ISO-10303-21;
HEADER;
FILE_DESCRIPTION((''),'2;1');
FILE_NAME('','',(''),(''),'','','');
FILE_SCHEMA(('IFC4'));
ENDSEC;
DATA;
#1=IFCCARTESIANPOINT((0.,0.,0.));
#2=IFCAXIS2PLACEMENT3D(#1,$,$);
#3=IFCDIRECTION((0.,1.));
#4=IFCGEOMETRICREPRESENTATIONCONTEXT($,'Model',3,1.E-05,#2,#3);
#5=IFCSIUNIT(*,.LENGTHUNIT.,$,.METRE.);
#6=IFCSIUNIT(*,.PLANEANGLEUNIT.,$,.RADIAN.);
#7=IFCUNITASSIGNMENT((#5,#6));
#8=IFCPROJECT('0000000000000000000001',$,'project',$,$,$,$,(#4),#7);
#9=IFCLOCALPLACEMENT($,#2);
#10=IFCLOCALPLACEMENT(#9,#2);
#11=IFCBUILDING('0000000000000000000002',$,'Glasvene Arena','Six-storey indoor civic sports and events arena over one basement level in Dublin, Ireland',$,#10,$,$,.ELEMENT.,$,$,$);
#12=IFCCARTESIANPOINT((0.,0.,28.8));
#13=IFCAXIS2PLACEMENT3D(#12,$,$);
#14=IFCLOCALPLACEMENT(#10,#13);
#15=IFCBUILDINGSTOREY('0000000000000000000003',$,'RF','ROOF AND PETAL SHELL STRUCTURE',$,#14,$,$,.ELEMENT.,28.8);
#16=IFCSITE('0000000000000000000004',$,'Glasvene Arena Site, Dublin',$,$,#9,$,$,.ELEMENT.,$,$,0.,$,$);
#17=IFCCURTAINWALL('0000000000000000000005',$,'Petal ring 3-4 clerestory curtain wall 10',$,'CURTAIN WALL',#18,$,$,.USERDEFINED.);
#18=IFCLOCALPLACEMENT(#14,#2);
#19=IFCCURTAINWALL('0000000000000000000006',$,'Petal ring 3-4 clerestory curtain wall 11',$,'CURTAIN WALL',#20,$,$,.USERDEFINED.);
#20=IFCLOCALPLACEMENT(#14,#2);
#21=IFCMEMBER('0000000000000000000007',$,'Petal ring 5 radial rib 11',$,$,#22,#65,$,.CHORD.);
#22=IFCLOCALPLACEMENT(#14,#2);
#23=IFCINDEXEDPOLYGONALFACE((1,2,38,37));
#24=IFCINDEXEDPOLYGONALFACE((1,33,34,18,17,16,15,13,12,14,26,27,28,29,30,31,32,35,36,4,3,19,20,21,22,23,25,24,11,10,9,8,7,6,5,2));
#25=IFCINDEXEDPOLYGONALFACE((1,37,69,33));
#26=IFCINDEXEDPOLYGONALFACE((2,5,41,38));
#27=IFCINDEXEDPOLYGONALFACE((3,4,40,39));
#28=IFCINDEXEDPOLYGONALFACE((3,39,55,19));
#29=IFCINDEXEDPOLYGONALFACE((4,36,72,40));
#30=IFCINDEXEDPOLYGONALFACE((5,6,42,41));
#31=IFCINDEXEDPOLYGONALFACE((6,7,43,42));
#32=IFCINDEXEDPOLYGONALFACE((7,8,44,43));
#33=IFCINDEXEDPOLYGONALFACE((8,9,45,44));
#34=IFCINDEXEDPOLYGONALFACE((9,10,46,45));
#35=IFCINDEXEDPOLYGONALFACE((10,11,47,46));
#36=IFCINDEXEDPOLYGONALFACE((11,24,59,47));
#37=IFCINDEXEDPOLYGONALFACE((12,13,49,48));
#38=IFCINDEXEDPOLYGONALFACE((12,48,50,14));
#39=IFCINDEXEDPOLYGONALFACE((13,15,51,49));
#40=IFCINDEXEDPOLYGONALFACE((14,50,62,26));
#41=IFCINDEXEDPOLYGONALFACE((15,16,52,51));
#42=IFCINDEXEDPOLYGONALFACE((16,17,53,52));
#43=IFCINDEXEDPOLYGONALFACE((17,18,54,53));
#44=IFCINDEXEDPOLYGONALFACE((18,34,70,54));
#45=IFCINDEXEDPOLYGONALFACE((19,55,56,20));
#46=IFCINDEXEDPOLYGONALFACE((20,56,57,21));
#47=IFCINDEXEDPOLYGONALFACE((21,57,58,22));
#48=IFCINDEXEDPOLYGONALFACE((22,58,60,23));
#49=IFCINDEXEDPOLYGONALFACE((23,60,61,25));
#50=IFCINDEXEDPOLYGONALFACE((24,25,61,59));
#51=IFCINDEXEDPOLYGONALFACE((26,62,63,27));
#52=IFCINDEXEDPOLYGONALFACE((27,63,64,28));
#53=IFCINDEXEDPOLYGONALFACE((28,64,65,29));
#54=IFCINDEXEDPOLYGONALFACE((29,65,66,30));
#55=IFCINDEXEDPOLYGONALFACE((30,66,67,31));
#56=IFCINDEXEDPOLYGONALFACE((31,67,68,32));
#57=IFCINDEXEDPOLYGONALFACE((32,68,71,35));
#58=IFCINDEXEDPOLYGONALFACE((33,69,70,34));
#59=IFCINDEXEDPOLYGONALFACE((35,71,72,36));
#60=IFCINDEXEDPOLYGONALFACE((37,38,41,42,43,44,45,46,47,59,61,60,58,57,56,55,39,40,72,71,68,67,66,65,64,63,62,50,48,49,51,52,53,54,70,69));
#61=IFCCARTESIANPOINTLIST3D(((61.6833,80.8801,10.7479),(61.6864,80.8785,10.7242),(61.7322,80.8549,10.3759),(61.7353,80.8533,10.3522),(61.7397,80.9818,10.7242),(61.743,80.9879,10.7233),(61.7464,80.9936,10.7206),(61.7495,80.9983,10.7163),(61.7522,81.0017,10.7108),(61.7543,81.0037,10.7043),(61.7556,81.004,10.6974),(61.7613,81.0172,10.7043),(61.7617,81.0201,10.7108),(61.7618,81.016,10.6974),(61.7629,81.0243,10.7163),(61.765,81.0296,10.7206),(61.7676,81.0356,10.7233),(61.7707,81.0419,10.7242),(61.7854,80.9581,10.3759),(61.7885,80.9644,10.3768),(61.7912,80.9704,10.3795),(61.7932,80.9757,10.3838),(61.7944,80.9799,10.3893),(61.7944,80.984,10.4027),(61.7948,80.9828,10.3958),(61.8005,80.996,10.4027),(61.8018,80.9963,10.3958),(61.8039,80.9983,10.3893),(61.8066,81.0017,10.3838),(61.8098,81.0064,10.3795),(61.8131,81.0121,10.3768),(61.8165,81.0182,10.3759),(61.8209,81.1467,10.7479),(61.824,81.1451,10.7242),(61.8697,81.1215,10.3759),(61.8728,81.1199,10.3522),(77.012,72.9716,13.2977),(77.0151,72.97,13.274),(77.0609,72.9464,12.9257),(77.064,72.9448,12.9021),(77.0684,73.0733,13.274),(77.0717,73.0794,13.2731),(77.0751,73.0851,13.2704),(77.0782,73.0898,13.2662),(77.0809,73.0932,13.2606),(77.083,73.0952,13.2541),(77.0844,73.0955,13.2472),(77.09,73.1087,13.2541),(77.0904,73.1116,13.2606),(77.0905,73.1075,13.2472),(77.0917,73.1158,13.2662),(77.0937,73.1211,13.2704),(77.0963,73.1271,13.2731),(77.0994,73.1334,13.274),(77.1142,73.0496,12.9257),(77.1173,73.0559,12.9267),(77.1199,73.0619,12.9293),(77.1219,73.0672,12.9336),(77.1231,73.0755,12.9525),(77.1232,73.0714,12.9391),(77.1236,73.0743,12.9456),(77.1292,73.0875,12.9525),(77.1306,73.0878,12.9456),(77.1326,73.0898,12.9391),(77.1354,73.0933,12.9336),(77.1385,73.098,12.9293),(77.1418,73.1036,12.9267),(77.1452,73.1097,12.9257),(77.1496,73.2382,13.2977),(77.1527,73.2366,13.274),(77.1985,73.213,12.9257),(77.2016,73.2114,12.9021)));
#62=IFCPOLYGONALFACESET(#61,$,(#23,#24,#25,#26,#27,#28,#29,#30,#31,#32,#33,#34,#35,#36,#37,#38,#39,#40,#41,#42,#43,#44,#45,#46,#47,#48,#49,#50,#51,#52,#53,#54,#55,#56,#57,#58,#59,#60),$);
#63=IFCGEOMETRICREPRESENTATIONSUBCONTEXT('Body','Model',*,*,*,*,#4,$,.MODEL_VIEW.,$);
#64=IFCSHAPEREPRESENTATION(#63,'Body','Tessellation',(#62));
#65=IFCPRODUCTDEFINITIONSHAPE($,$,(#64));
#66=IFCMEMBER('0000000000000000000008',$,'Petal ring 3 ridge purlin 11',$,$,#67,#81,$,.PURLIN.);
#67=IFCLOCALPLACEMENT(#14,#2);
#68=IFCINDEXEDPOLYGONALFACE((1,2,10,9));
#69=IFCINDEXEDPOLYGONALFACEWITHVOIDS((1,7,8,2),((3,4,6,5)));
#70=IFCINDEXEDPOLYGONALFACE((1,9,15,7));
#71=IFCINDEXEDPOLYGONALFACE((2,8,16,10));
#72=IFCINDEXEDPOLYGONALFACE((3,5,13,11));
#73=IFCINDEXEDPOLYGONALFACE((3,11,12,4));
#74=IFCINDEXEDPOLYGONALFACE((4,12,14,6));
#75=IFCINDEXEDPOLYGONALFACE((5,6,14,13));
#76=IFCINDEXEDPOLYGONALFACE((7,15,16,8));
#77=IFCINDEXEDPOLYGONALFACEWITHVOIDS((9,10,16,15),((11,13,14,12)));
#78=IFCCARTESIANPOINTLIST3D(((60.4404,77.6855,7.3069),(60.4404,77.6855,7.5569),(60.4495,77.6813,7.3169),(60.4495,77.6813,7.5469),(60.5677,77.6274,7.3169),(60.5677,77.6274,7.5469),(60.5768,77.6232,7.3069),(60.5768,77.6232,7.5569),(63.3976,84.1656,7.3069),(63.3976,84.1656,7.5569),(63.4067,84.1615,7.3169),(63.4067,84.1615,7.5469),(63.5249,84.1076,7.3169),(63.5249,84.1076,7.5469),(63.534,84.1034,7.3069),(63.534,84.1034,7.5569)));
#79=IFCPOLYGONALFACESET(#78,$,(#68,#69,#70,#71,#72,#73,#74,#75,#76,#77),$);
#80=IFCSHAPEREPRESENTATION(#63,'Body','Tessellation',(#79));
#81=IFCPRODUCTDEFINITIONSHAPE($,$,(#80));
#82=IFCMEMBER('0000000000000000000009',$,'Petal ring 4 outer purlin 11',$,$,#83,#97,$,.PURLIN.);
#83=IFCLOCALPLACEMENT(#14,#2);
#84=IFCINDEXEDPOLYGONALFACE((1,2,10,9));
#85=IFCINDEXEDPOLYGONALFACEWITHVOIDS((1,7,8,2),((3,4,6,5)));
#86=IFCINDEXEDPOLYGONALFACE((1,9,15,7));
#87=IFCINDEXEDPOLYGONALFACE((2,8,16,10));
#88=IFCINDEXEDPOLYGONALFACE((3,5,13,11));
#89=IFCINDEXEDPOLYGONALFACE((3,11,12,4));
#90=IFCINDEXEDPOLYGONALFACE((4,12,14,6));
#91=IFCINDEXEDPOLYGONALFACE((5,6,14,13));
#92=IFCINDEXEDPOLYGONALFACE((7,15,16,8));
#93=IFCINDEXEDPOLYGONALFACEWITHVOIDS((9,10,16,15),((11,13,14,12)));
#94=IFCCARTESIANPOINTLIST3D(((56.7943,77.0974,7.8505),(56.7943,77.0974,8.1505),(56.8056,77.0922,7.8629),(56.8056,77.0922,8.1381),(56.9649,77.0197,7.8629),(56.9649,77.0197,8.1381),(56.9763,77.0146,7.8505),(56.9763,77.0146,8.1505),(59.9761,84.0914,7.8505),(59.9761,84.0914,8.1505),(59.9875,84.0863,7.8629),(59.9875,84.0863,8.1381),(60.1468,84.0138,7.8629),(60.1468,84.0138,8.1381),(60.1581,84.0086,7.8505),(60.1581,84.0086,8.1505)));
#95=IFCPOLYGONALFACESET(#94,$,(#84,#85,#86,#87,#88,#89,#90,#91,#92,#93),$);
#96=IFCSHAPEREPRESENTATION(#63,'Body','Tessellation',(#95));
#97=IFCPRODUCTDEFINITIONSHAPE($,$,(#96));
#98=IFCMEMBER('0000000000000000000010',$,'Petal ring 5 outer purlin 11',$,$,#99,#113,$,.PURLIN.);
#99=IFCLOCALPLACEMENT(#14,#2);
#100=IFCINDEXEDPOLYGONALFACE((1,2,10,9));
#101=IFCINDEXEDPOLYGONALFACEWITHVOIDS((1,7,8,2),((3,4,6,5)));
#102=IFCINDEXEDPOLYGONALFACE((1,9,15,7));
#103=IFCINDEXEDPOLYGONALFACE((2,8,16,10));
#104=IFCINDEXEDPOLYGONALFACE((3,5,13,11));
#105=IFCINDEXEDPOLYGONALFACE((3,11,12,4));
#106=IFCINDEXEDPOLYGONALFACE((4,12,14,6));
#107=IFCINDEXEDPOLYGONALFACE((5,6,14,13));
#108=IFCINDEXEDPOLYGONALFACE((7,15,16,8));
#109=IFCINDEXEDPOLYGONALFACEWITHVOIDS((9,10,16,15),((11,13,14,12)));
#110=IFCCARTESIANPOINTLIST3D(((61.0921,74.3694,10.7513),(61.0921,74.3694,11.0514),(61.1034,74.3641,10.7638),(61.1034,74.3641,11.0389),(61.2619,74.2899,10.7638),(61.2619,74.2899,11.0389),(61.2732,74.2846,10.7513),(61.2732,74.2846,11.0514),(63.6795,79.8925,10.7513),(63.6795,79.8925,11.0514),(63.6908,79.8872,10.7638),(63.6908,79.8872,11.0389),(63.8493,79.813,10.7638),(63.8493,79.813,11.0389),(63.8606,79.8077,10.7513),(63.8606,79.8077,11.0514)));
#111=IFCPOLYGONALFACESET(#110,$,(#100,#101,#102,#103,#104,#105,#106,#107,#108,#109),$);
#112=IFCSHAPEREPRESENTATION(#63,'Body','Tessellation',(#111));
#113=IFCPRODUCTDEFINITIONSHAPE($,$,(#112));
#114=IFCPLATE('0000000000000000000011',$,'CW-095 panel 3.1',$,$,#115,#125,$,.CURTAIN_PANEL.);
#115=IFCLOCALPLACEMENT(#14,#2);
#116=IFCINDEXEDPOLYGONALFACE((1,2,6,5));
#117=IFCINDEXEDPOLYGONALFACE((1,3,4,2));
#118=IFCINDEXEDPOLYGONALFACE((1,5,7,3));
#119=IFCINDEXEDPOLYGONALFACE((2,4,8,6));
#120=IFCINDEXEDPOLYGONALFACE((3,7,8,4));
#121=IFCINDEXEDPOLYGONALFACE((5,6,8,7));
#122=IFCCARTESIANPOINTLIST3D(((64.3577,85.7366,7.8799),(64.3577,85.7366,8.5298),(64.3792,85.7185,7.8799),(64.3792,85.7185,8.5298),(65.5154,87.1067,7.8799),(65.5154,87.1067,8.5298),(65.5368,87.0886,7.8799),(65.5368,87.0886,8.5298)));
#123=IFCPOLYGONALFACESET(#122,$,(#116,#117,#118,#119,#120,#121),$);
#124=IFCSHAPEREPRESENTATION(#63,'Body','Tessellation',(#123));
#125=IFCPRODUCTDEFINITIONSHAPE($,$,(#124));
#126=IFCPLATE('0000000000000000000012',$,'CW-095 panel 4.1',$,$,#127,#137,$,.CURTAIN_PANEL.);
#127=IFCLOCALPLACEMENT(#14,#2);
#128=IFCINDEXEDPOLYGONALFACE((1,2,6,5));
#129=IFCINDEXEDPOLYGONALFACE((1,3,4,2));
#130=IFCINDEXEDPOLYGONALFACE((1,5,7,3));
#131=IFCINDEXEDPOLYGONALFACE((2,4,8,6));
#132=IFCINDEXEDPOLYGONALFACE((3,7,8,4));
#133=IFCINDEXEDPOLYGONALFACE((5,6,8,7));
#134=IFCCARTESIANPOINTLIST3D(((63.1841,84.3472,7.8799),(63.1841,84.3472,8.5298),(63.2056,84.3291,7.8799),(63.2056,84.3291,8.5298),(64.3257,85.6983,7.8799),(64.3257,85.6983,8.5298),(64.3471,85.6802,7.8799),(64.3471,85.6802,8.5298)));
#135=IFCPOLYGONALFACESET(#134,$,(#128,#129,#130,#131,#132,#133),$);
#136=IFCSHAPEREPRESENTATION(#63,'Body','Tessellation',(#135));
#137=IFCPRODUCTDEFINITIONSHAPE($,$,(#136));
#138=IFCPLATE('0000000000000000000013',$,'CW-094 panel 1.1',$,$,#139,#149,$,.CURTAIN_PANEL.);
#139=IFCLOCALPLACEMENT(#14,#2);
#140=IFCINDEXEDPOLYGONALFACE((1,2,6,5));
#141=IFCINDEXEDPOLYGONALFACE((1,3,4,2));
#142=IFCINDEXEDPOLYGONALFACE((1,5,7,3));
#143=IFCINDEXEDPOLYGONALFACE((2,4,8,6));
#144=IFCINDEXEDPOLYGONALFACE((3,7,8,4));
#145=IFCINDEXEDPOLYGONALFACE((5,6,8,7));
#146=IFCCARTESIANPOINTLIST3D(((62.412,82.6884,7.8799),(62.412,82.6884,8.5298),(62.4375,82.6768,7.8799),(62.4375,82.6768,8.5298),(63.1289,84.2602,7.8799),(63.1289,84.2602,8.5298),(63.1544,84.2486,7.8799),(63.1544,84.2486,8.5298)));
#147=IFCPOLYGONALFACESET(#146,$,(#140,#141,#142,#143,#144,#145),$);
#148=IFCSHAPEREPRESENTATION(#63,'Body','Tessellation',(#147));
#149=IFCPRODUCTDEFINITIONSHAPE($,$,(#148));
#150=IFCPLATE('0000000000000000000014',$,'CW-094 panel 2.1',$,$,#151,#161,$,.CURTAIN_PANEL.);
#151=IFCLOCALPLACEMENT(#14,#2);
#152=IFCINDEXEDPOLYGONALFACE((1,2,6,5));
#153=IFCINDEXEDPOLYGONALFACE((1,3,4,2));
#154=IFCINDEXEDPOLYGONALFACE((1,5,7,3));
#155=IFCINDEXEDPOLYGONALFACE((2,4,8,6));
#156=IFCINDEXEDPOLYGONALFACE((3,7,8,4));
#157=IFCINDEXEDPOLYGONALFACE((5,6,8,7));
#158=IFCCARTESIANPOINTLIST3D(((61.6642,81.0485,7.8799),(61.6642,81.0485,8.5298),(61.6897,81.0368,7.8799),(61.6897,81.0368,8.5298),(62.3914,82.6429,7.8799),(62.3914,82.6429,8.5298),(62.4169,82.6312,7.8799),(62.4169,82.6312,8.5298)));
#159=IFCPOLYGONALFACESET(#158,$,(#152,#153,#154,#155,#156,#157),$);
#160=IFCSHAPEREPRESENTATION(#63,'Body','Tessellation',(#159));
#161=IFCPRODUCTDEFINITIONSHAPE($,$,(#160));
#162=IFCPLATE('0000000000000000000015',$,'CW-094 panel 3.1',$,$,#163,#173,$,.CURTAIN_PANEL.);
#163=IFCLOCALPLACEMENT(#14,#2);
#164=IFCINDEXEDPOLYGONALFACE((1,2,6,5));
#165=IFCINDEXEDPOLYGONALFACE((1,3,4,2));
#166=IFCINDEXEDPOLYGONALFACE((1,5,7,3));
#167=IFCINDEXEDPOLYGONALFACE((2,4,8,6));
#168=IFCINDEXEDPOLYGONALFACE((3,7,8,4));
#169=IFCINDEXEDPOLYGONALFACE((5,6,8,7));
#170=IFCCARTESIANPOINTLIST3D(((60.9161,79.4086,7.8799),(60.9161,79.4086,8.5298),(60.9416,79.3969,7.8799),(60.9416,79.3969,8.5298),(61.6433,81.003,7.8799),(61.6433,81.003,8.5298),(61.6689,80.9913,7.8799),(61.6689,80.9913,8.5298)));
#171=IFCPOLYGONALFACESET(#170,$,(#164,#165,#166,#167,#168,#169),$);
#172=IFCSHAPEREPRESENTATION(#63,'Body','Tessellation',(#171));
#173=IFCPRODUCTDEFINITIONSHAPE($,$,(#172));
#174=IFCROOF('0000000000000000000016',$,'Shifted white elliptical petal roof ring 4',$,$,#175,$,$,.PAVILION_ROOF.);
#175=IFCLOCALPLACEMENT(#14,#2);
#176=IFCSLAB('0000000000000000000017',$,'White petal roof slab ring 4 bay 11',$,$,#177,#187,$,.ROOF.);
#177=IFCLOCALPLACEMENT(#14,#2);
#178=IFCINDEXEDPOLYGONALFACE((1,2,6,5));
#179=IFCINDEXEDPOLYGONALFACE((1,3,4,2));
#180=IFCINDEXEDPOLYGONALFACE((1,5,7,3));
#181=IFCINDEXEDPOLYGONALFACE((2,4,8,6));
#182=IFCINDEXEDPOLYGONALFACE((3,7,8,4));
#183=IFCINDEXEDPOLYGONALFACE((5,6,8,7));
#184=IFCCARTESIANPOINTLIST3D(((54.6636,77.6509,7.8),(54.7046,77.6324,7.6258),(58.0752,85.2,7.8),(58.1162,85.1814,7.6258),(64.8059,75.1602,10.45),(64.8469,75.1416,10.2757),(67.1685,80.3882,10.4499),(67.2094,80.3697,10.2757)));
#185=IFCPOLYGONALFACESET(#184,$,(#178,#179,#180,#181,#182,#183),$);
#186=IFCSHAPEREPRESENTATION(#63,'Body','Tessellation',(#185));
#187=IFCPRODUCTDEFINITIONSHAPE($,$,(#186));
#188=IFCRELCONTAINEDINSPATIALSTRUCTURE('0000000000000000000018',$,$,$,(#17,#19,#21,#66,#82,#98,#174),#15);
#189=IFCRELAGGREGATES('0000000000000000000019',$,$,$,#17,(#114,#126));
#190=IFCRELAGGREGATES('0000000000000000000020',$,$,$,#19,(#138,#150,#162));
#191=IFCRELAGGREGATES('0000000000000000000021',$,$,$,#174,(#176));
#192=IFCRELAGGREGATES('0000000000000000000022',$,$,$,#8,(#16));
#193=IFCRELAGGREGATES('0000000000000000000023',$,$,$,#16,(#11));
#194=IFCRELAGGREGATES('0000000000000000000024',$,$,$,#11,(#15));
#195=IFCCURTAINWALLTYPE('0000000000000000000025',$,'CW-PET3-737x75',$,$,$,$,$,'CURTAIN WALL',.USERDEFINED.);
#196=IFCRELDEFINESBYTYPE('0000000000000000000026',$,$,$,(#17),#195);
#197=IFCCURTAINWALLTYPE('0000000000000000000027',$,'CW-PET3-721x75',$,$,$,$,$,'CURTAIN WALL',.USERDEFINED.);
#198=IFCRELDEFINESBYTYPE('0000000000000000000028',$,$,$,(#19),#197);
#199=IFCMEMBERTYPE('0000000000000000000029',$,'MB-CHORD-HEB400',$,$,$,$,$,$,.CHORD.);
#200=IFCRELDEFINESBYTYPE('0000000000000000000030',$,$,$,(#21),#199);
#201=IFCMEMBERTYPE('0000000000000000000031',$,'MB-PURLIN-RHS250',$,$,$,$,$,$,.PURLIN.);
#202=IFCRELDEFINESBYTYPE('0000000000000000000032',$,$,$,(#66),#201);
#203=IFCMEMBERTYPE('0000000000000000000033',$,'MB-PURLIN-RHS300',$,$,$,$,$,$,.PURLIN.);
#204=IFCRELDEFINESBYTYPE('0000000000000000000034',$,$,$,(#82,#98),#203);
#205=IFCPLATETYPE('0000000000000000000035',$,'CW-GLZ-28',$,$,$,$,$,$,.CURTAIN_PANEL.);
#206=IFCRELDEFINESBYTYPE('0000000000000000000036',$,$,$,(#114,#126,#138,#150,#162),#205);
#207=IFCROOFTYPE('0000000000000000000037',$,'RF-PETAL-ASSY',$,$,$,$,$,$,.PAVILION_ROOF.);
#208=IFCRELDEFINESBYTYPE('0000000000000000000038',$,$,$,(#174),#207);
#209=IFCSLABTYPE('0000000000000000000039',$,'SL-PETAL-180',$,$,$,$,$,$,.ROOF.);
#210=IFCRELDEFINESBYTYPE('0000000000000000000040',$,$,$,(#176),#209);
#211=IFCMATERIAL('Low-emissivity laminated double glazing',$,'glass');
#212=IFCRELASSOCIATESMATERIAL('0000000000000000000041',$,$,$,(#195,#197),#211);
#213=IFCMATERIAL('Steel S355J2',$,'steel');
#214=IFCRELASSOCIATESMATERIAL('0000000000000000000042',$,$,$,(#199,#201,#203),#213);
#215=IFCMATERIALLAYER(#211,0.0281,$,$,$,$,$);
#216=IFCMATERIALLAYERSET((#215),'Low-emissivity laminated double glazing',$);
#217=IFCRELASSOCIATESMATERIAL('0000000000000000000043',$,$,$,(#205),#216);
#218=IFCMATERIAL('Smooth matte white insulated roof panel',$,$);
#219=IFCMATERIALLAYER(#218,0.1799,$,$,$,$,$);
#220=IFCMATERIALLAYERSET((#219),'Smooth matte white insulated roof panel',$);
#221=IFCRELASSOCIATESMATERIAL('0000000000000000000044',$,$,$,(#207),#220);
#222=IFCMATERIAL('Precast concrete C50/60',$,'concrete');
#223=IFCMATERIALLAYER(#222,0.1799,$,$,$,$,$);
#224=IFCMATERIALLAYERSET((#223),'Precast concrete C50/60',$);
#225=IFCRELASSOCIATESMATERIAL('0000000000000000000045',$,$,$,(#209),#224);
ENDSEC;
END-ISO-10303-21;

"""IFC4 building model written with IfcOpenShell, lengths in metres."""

from ifc_helpers import new_model, si_unit, direction, frame, origin, origin_2d, place, context, subcontext, project, spatial, polyline, rectangle, hollow_rectangle, i_section, outline, extrude, material, layer, layer_set, material_profile, profile_set, type_object, element, aggregate, save


model = new_model("IFC4")

# Units and contexts
model_context = context("Model", 3, precision=1e-05, world=origin(), true_north=direction((0.0, 1.0)))
body_context = subcontext(model_context, "Body", "Model", "MODEL_VIEW")
ifc_project = project(units=[si_unit("LENGTHUNIT", "METRE"), si_unit("PLANEANGLEUNIT", "RADIAN")], contexts=[model_context])

# Site, building, storey
site_placement = place(None, origin())
site = spatial("IfcSite", under=ifc_project, at=site_placement, Name="Glasvene Arena Site, Dublin", CompositionType="ELEMENT", RefElevation=0.0)
building_placement = place(site_placement, origin())
building = spatial("IfcBuilding", under=site, at=building_placement, Name="Glasvene Arena", Description="Six-storey indoor civic sports and events arena over one basement level in Dublin, Ireland", CompositionType="ELEMENT")
storey_placement = place(building_placement, frame((0.0, 0.0, 28.8)))
storey = spatial("IfcBuildingStorey", under=building, at=storey_placement, Name="RF", Description="ROOF AND PETAL SHELL STRUCTURE", CompositionType="ELEMENT", Elevation=28.8)

# Curtain walls
ifc_material_1 = material(Name="Low-emissivity laminated double glazing", Category="glass")
curtain_wall_type_1 = type_object("IfcCurtainWallType", Name="CW-PET3-737x75", ElementType="CURTAIN WALL", PredefinedType="USERDEFINED", material=ifc_material_1)
curtain_wall_1_placement = place(storey_placement, frame((67.9221, 89.9333, 0.0)))
curtain_wall_1 = element("IfcCurtainWall", 1, at=curtain_wall_1_placement, inside=storey, type_object=curtain_wall_type_1, Name="Petal ring 3-4 clerestory curtain wall 10", ObjectType="CURTAIN WALL", PredefinedType="USERDEFINED")
curtain_wall_type_2 = type_object("IfcCurtainWallType", Name="CW-PET3-721x75", ElementType="CURTAIN WALL", PredefinedType="USERDEFINED", material=ifc_material_1)
curtain_wall_2_placement = place(storey_placement, frame((63.1626, 84.3, 0.0)))
curtain_wall_2 = element("IfcCurtainWall", 2, at=curtain_wall_2_placement, inside=storey, type_object=curtain_wall_type_2, Name="Petal ring 3-4 clerestory curtain wall 11", ObjectType="CURTAIN WALL", PredefinedType="USERDEFINED")

# Members
ifc_material_2 = material(Name="Steel S355J2", Category="steel")
ifc_material_profile_1 = material_profile(ifc_material_2, i_section(OverallWidth=0.3, OverallDepth=0.3999, WebThickness=0.0134, FlangeThickness=0.0239, FilletRadius=0.0271, at=origin_2d()), Name="HEB 400")
ifc_profile_set_1 = profile_set([ifc_material_profile_1], Name="Steel S355J2")
member_type_1 = type_object("IfcMemberType", Name="MB-CHORD-HEB400", PredefinedType="CHORD", material=ifc_profile_set_1)
member_1_placement = place(storey_placement, frame((61.7781, 81.0, 10.55), z_axis=(0.87914, -0.453572, 0.146239), x_axis=(0.458501, 0.888694, 0.0)))
element("IfcMember", 3, at=member_1_placement, inside=storey, type_object=member_type_1, Name="Petal ring 5 radial rib 11", PredefinedType="CHORD", context=body_context, shape_type="SweptSolid", body=[
    extrude(i_section(OverallWidth=0.3, OverallDepth=0.3999, WebThickness=0.0134, FlangeThickness=0.0239, FilletRadius=0.0271, at=origin_2d()), origin(), (0.0, 0.0, 1.0), 17.436),
])
ifc_material_profile_2 = material_profile(ifc_material_2, hollow_rectangle(XDim=0.1499, YDim=0.25, WallThickness=0.01, at=origin_2d()), Name="RHS 250x150x10.0")
ifc_profile_set_2 = profile_set([ifc_material_profile_2], Name="Steel S355J2")
member_type_2 = type_object("IfcMemberType", Name="MB-PURLIN-RHS250", PredefinedType="PURLIN", material=ifc_profile_set_2)
member_2_placement = place(storey_placement, frame((63.4658, 84.1345, 7.4319), z_axis=(-0.415166, -0.909746, 0.0), x_axis=(0.909746, -0.415166, 0.0)))
element("IfcMember", 4, at=member_2_placement, inside=storey, type_object=member_type_2, Name="Petal ring 3 ridge purlin 11", PredefinedType="PURLIN", context=body_context, shape_type="SweptSolid", body=[
    extrude(hollow_rectangle(XDim=0.1499, YDim=0.25, WallThickness=0.01, at=origin_2d()), origin(), (0.0, 0.0, 1.0), 7.123),
])
ifc_material_profile_3 = material_profile(ifc_material_2, hollow_rectangle(XDim=0.2, YDim=0.3, WallThickness=0.0125, at=origin_2d()), Name="RHS 300x200x12.5")
ifc_profile_set_3 = profile_set([ifc_material_profile_3], Name="Steel S355J2")
member_type_3 = type_object("IfcMemberType", Name="MB-PURLIN-RHS300", PredefinedType="PURLIN", material=ifc_profile_set_3)
member_3_placement = place(storey_placement, frame((60.0671, 84.05, 8.0005), z_axis=(-0.414097, -0.910233, 0.0), x_axis=(0.910233, -0.414097, 0.0)))
element("IfcMember", 5, at=member_3_placement, inside=storey, type_object=member_type_3, Name="Petal ring 4 outer purlin 11", PredefinedType="PURLIN", context=body_context, shape_type="SweptSolid", body=[
    extrude(hollow_rectangle(XDim=0.2, YDim=0.3, WallThickness=0.0125, at=origin_2d()), origin(), (0.0, 0.0, 1.0), 7.6838),
])
member_4_placement = place(storey_placement, frame((63.77, 79.8501, 10.9014), z_axis=(-0.42422, -0.905559, 0.0), x_axis=(0.905559, -0.42422, 0.0)))
element("IfcMember", 6, at=member_4_placement, inside=storey, type_object=member_type_3, Name="Petal ring 5 outer purlin 11", PredefinedType="PURLIN", context=body_context, shape_type="SweptSolid", body=[
    extrude(hollow_rectangle(XDim=0.2, YDim=0.3, WallThickness=0.0125, at=origin_2d()), origin(), (0.0, 0.0, 1.0), 6.0991),
])

# Plates
ifc_layer_1 = layer(ifc_material_1, 0.0281)
ifc_layer_set_1 = layer_set([ifc_layer_1], Name="Low-emissivity laminated double glazing")
plate_type = type_object("IfcPlateType", Name="CW-GLZ-28", PredefinedType="CURTAIN_PANEL", material=ifc_layer_set_1)
plate_1_placement = place(storey_placement, frame((64.9473, 86.4126, 7.8799), z_axis=(0.0, 0.0, 1.0), x_axis=(-0.645394, -0.76385, 0.0)))
plate_1 = element("IfcPlate", 7, at=plate_1_placement, type_object=plate_type, Name="CW-095 panel 3.1", PredefinedType="CURTAIN_PANEL", context=body_context, shape_type="SweptSolid", body=[
    extrude(rectangle(XDim=1.7937, YDim=0.0281, at=origin_2d()), origin(), (0.0, 0.0, 1.0), 0.6499),
])
plate_2_placement = place(storey_placement, frame((63.7656, 85.0137, 7.8799), z_axis=(0.0, 0.0, 1.0), x_axis=(-0.645394, -0.76385, 0.0)))
plate_2 = element("IfcPlate", 8, at=plate_2_placement, type_object=plate_type, Name="CW-095 panel 4.1", PredefinedType="CURTAIN_PANEL", context=body_context, shape_type="SweptSolid", body=[
    extrude(rectangle(XDim=1.7688, YDim=0.0281, at=origin_2d()), origin(), (0.0, 0.0, 1.0), 0.6499),
])
aggregate(curtain_wall_1, [plate_1, plate_2])
plate_3_placement = place(storey_placement, frame((62.7832, 83.4685, 7.8799), z_axis=(0.0, 0.0, 1.0), x_axis=(-0.414968, -0.909836, 0.0)))
plate_3 = element("IfcPlate", 9, at=plate_3_placement, type_object=plate_type, Name="CW-094 panel 1.1", PredefinedType="CURTAIN_PANEL", context=body_context, shape_type="SweptSolid", body=[
    extrude(rectangle(XDim=1.7275, YDim=0.0281, at=origin_2d()), origin(), (0.0, 0.0, 1.0), 0.6499),
])
plate_4_placement = place(storey_placement, frame((62.0405, 81.8398, 7.8799), z_axis=(0.0, 0.0, 1.0), x_axis=(-0.414968, -0.909836, 0.0)))
plate_4 = element("IfcPlate", 10, at=plate_4_placement, type_object=plate_type, Name="CW-094 panel 2.1", PredefinedType="CURTAIN_PANEL", context=body_context, shape_type="SweptSolid", body=[
    extrude(rectangle(XDim=1.7524, YDim=0.0281, at=origin_2d()), origin(), (0.0, 0.0, 1.0), 0.6499),
])
plate_5_placement = place(storey_placement, frame((61.2925, 80.2, 7.8799), z_axis=(0.0, 0.0, 1.0), x_axis=(-0.414968, -0.909836, 0.0)))
plate_5 = element("IfcPlate", 11, at=plate_5_placement, type_object=plate_type, Name="CW-094 panel 3.1", PredefinedType="CURTAIN_PANEL", context=body_context, shape_type="SweptSolid", body=[
    extrude(rectangle(XDim=1.7524, YDim=0.0281, at=origin_2d()), origin(), (0.0, 0.0, 1.0), 0.6499),
])
aggregate(curtain_wall_2, [plate_3, plate_4, plate_5])

# Roof, slab
ifc_material_3 = material(Name="Smooth matte white insulated roof panel")
ifc_layer_2 = layer(ifc_material_3, 0.1799)
ifc_layer_set_2 = layer_set([ifc_layer_2], Name="Smooth matte white insulated roof panel")
roof_type = type_object("IfcRoofType", Name="RF-PETAL-ASSY", PredefinedType="PAVILION_ROOF", material=ifc_layer_set_2)
roof_1_placement = place(storey_placement, frame((87.6499, 69.55, 7.8)))
roof_1 = element("IfcRoof", 12, at=roof_1_placement, inside=storey, type_object=roof_type, Name="Shifted white elliptical petal roof ring 4", PredefinedType="PAVILION_ROOF")
ifc_material_4 = material(Name="Precast concrete C50/60", Category="concrete")
ifc_layer_3 = layer(ifc_material_4, 0.1799)
ifc_layer_set_3 = layer_set([ifc_layer_3], Name="Precast concrete C50/60")
slab_type = type_object("IfcSlabType", Name="SL-PETAL-180", PredefinedType="ROOF", material=ifc_layer_set_3)
slab_1_placement = place(storey_placement, frame((58.0752, 85.2, 7.8), z_axis=(-0.227713, 0.102907, 0.968275), x_axis=(-0.411823, -0.911264, -0.000002)))
slab_1 = element("IfcSlab", 13, at=slab_1_placement, type_object=slab_type, Name="White petal roof slab ring 4 bay 11", PredefinedType="ROOF", context=body_context, shape_type="SweptSolid", body=[
    extrude(outline(polyline([(0.0, 0.0), (8.2842, 0.0), (6.377, 10.6045), (0.64, 10.6044), (0.0, 0.0)])), origin(), (0.0, 0.0, -1.0), 0.1799),
])
aggregate(roof_1, [slab_1])

save(model, "model.ifc")
